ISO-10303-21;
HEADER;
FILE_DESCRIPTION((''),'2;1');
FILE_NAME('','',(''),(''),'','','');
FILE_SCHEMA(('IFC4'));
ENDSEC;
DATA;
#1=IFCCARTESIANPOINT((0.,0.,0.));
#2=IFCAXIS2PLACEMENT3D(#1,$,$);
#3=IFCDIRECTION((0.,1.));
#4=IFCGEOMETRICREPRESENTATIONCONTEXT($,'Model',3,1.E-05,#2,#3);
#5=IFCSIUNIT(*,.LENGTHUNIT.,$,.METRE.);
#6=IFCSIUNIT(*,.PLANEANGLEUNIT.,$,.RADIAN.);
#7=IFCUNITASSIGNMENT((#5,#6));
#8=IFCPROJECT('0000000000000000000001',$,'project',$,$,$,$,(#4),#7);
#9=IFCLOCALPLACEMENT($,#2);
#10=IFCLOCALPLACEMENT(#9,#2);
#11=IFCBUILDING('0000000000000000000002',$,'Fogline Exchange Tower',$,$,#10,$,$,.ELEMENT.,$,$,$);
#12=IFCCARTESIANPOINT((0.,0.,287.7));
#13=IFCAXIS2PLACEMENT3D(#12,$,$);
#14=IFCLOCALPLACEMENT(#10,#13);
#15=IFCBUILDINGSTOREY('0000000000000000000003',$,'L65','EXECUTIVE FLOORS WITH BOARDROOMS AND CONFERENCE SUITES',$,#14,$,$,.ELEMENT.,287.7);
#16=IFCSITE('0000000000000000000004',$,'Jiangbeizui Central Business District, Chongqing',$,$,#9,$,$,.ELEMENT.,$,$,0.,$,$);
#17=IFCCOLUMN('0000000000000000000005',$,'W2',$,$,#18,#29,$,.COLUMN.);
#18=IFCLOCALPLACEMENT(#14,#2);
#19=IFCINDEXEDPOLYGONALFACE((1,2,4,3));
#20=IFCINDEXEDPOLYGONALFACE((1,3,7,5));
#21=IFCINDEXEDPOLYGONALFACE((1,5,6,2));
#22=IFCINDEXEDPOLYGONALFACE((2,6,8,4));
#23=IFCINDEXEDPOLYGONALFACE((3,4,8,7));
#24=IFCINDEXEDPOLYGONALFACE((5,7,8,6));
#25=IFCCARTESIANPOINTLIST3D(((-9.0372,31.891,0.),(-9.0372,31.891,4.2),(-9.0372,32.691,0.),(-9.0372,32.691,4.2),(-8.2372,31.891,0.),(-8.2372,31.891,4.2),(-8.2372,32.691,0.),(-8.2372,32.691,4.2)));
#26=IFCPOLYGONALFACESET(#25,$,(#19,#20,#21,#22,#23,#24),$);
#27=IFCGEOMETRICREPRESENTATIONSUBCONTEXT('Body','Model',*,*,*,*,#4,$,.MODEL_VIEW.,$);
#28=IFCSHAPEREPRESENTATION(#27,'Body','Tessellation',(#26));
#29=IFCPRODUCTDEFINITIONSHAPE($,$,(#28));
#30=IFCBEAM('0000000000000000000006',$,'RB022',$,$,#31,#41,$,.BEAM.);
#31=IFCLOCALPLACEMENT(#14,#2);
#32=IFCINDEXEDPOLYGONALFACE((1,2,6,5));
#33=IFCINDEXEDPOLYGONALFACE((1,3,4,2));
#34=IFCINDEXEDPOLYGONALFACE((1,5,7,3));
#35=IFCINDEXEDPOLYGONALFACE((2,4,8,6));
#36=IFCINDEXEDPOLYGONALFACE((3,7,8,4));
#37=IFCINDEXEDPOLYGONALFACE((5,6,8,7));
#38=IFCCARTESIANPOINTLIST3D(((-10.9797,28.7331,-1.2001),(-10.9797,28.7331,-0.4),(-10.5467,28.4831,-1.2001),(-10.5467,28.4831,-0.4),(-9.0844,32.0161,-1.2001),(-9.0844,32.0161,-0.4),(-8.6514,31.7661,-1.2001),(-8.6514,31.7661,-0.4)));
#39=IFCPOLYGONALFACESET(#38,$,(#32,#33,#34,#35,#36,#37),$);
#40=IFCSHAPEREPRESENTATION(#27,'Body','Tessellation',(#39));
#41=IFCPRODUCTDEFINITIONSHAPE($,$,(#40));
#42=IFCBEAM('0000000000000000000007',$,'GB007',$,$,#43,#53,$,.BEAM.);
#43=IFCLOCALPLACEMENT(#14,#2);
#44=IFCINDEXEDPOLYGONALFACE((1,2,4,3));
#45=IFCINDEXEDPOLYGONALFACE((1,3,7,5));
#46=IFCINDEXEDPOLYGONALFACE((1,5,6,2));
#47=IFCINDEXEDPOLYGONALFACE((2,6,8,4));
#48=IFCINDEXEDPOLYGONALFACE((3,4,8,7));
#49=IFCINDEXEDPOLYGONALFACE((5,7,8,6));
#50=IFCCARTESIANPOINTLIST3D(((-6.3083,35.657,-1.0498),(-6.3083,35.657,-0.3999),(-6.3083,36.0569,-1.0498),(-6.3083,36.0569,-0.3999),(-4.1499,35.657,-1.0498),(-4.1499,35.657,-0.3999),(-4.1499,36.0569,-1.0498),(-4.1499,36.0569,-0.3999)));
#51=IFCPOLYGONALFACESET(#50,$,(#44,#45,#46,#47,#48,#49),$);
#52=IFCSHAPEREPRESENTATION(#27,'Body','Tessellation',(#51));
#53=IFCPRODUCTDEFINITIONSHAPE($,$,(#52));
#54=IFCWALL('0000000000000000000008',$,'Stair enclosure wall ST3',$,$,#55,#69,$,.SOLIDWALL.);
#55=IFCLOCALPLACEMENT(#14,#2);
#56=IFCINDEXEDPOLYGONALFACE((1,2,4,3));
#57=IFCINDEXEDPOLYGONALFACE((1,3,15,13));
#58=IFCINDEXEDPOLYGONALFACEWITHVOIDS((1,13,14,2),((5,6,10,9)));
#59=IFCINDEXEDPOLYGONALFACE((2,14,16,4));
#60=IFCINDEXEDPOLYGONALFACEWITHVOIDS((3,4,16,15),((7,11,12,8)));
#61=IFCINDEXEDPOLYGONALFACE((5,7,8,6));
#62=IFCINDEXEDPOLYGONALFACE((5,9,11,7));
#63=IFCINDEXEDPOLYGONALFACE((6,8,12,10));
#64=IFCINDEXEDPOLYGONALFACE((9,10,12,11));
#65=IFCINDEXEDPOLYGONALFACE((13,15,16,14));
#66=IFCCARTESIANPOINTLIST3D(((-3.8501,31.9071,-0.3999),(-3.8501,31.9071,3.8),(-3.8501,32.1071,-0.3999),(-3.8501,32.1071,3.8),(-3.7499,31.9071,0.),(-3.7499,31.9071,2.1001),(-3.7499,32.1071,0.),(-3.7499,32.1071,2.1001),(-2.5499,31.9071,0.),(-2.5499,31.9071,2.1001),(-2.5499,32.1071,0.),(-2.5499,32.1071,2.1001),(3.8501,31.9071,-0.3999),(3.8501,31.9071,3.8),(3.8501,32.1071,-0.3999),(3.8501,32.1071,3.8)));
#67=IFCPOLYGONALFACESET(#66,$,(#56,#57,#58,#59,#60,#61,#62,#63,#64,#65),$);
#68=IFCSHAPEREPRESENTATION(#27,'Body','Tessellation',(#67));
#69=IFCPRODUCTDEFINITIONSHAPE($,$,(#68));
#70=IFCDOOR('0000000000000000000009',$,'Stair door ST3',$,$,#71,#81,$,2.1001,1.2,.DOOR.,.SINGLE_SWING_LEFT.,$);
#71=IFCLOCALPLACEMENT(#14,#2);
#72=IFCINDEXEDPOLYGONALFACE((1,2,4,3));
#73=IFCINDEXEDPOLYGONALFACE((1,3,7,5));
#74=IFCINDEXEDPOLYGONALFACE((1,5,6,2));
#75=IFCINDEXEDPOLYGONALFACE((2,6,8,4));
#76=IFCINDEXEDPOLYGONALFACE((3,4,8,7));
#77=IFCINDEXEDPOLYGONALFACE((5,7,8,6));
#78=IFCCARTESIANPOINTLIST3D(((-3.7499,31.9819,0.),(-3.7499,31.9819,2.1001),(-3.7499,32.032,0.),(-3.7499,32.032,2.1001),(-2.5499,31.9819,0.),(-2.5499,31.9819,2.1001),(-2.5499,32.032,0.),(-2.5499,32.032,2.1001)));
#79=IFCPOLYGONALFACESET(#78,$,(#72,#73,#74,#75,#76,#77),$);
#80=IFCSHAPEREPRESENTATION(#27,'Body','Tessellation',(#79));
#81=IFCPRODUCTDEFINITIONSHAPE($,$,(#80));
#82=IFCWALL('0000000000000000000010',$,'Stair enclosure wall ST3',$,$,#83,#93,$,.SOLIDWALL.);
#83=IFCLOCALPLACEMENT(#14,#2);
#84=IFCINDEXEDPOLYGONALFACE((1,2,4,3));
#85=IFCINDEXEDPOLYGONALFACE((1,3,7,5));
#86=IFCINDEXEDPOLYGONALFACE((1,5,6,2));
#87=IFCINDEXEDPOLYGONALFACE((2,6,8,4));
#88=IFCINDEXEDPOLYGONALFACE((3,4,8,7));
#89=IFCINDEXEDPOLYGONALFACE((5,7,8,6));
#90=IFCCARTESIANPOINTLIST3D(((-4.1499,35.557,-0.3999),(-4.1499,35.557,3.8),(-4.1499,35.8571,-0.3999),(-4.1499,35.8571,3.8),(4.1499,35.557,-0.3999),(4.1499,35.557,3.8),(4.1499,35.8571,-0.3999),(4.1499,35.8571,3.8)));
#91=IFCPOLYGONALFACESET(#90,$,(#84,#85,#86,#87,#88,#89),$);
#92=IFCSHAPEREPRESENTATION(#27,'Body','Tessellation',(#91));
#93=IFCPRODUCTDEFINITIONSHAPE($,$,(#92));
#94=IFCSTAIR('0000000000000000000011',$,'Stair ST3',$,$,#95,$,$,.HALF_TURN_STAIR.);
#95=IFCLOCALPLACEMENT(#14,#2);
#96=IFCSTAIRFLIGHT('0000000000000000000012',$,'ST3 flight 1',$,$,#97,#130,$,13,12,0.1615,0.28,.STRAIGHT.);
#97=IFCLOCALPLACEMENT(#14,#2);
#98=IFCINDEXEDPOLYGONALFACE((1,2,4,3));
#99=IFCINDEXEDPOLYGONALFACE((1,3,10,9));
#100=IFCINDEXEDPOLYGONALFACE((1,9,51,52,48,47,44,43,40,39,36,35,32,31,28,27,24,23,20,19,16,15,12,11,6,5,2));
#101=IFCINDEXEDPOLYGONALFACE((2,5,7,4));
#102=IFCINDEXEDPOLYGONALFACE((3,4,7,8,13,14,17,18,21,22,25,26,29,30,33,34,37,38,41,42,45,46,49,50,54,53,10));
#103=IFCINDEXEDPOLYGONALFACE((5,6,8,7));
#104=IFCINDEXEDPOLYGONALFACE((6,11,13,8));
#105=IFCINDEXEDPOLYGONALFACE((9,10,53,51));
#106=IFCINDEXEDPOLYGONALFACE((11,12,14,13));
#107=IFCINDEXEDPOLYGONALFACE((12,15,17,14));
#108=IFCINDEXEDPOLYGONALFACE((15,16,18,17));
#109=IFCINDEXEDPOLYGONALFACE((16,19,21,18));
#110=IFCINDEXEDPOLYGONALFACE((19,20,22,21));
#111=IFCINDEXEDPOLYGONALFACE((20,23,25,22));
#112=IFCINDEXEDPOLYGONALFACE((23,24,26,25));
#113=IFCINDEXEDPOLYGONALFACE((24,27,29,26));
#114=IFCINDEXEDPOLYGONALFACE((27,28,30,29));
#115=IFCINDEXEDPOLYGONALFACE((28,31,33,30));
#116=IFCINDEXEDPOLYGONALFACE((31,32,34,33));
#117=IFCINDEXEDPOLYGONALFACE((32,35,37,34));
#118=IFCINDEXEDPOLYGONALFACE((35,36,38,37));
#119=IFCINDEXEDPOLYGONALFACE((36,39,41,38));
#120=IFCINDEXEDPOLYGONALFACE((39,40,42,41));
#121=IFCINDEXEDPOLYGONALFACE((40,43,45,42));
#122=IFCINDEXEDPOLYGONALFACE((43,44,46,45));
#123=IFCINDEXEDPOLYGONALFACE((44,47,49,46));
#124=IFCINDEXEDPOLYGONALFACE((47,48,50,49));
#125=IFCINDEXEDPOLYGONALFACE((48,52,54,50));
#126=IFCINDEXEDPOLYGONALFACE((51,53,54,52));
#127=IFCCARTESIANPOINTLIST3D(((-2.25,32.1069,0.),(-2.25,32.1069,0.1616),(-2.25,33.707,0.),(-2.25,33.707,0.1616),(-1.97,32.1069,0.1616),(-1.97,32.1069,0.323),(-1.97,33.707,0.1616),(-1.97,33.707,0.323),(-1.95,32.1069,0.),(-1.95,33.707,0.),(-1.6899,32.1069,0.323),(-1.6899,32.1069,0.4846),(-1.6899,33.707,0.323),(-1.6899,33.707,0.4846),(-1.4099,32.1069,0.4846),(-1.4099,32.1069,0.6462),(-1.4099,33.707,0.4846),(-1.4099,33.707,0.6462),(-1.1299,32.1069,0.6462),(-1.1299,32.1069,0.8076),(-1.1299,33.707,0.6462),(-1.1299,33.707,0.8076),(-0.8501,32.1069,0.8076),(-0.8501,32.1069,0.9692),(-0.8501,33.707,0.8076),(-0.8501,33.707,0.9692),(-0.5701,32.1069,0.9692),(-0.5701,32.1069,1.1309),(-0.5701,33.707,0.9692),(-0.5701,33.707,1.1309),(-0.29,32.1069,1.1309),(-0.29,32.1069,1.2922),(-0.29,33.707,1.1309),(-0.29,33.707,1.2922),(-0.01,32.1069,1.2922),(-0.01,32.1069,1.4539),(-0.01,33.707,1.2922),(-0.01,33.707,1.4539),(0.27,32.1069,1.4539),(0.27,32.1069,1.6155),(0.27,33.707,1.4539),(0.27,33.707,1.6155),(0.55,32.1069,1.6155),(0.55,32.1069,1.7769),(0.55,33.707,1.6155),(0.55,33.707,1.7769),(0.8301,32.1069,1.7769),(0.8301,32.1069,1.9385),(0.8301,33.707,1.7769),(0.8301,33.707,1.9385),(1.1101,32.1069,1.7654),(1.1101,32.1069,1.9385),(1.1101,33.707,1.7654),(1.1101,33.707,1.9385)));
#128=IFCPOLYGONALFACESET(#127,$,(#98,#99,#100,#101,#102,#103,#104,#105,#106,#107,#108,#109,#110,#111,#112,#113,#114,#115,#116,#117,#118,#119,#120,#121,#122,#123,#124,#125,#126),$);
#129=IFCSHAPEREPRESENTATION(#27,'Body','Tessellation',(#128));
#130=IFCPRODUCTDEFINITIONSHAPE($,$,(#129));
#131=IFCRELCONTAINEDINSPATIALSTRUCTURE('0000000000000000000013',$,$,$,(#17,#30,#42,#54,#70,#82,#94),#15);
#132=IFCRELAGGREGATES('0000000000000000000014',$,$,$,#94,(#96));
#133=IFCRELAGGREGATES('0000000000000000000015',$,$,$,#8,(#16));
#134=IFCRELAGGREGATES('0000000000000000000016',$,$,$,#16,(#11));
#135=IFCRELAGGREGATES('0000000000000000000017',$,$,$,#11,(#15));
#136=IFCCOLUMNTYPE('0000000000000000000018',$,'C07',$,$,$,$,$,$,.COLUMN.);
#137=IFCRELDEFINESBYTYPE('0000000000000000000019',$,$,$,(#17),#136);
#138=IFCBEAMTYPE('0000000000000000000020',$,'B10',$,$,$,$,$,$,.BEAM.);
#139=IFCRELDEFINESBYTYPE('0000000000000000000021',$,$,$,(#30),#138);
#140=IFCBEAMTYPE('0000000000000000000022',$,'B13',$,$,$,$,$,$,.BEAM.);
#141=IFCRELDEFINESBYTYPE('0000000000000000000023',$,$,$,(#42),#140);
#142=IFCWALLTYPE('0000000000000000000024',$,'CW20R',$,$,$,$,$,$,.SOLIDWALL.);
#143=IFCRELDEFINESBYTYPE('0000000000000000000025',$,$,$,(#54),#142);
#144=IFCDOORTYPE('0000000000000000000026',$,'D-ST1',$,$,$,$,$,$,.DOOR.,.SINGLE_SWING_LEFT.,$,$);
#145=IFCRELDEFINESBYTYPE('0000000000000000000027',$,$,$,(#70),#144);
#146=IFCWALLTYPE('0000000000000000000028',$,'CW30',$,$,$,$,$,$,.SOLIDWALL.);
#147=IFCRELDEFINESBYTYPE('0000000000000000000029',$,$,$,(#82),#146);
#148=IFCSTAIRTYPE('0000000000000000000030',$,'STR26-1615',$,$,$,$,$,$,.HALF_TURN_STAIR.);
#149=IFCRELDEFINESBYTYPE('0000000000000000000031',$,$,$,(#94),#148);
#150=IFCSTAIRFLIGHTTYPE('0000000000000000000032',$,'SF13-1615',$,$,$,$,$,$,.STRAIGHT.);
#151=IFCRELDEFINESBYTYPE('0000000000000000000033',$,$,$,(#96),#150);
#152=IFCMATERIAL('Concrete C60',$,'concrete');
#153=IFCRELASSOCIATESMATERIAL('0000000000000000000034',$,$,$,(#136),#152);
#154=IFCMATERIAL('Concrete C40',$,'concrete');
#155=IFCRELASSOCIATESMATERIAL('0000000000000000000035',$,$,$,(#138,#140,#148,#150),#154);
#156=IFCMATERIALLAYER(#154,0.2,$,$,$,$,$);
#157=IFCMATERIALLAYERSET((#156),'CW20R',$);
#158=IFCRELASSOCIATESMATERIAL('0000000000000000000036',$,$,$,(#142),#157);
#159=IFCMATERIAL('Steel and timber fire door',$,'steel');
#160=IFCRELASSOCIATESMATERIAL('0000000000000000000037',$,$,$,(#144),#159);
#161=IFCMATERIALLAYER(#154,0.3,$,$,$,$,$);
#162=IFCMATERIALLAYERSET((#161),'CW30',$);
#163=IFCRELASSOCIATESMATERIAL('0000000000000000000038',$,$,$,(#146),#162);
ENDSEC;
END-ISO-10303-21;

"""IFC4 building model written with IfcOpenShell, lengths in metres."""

from ifc_helpers import new_model, si_unit, direction, frame, frame_2d, origin, origin_2d, place, context, subcontext, project, spatial, polyline, rectangle, outline, extrude, material, layer, layer_set, material_profile, profile_set, type_object, element, fill, aggregate, save


model = new_model("IFC4")

# Units and contexts
model_context = context("Model", 3, precision=1e-05, world=origin(), true_north=direction((0.0, 1.0)))
body_context = subcontext(model_context, "Body", "Model", "MODEL_VIEW")
ifc_project = project(units=[si_unit("LENGTHUNIT", "METRE"), si_unit("PLANEANGLEUNIT", "RADIAN")], contexts=[model_context])

# Site, building, storey
site_placement = place(None, origin())
site = spatial("IfcSite", under=ifc_project, at=site_placement, Name="Jiangbeizui Central Business District, Chongqing", CompositionType="ELEMENT", RefElevation=0.0)
building_placement = place(site_placement, origin())
building = spatial("IfcBuilding", under=site, at=building_placement, Name="Fogline Exchange Tower", CompositionType="ELEMENT")
storey_placement = place(building_placement, frame((0.0, 0.0, 287.7)))
storey = spatial("IfcBuildingStorey", under=building, at=storey_placement, Name="L65", Description="EXECUTIVE FLOORS WITH BOARDROOMS AND CONFERENCE SUITES", CompositionType="ELEMENT", Elevation=287.7)

# Column
ifc_material_1 = material(Name="Concrete C60", Category="concrete")
ifc_material_profile_1 = material_profile(ifc_material_1, rectangle(XDim=0.8, YDim=0.8, at=origin_2d()), Name="RC 800x800")
ifc_profile_set_1 = profile_set([ifc_material_profile_1], Name="Concrete C60")
column_type = type_object("IfcColumnType", Name="C07", PredefinedType="COLUMN", material=ifc_profile_set_1)
column_placement = place(storey_placement, frame((-8.6372, 32.291, 0.0), z_axis=(0.0, 0.0, 1.0), x_axis=(1.0, 0.0, 0.0)))
element("IfcColumn", 1, at=column_placement, inside=storey, type_object=column_type, Name="W2", PredefinedType="COLUMN", context=body_context, shape_type="SweptSolid", body=[
    extrude(rectangle(XDim=0.8, YDim=0.8, at=origin_2d()), origin(), (0.0, 0.0, 1.0), 4.2),
])

# Beams
ifc_material_2 = material(Name="Concrete C40", Category="concrete")
ifc_material_profile_2 = material_profile(ifc_material_2, rectangle(XDim=0.5, YDim=0.8, at=origin_2d()), Name="RC 500x800")
ifc_profile_set_2 = profile_set([ifc_material_profile_2], Name="Concrete C40")
beam_type_1 = type_object("IfcBeamType", Name="B10", PredefinedType="BEAM", material=ifc_profile_set_2)
beam_1_placement = place(storey_placement, frame((-8.8679, 31.8911, -0.8), z_axis=(-0.49997, -0.866043, 0.0), x_axis=(0.866043, -0.49997, 0.0)))
element("IfcBeam", 2, at=beam_1_placement, inside=storey, type_object=beam_type_1, Name="RB022", PredefinedType="BEAM", context=body_context, shape_type="SweptSolid", body=[
    extrude(rectangle(XDim=0.5, YDim=0.8, at=origin_2d()), origin(), (0.0, 0.0, 1.0), 3.7908),
])
ifc_material_profile_3 = material_profile(ifc_material_2, rectangle(XDim=0.3999, YDim=0.6499, at=origin_2d()), Name="RC 400x650")
ifc_profile_set_3 = profile_set([ifc_material_profile_3], Name="Concrete C40")
beam_type_2 = type_object("IfcBeamType", Name="B13", PredefinedType="BEAM", material=ifc_profile_set_3)
beam_2_placement = place(storey_placement, frame((-6.3083, 35.8569, -0.7249), z_axis=(1.0, 0.0, 0.0), x_axis=(0.0, 1.0, 0.0)))
element("IfcBeam", 3, at=beam_2_placement, inside=storey, type_object=beam_type_2, Name="GB007", PredefinedType="BEAM", context=body_context, shape_type="SweptSolid", body=[
    extrude(rectangle(XDim=0.3999, YDim=0.6499, at=origin_2d()), origin(), (0.0, 0.0, 1.0), 2.1584),
])

# Wall, opening, door
ifc_layer_1 = layer(ifc_material_2, 0.2)
ifc_layer_set_1 = layer_set([ifc_layer_1], Name="CW20R")
wall_type_1 = type_object("IfcWallType", Name="CW20R", PredefinedType="SOLIDWALL", material=ifc_layer_set_1)
wall_1_placement = place(storey_placement, frame((-3.8501, 32.0071, -0.3999), z_axis=(0.0, 0.0, 1.0), x_axis=(1.0, 0.0, 0.0)))
wall_1 = element("IfcWall", 4, at=wall_1_placement, inside=storey, type_object=wall_type_1, Name="Stair enclosure wall ST3", PredefinedType="SOLIDWALL", context=body_context, shape_type="SweptSolid", body=[
    extrude(rectangle(XDim=7.7002, YDim=0.2, at=frame_2d((3.8501, 0.0))), origin(), (0.0, 0.0, 1.0), 4.2),
])
opening_placement = place(wall_1_placement, frame((0.1001, 0.0, 0.3999)))
opening = element("IfcOpeningElement", 5, at=opening_placement, cuts=wall_1, PredefinedType="OPENING", context=body_context, shape_type="SweptSolid", body=[
    extrude(rectangle(XDim=1.2, YDim=2.1001, at=frame_2d((0.6001, 1.05))), frame((0.0, 0.1099, 0.0), z_axis=(0.0, -1.0, 0.0), x_axis=(1.0, 0.0, 0.0)), (0.0, 0.0, 1.0), 0.22),
])
ifc_material_3 = material(Name="Steel and timber fire door", Category="steel")
door_type = type_object("IfcDoorType", Name="D-ST1", OperationType="SINGLE_SWING_LEFT", PredefinedType="DOOR", material=ifc_material_3)
door_placement = place(opening_placement, origin())
door = element("IfcDoor", 6, at=door_placement, inside=storey, type_object=door_type, Name="Stair door ST3", OperationType="SINGLE_SWING_LEFT", OverallHeight=2.1001, OverallWidth=1.2, PredefinedType="DOOR", context=body_context, shape_type="SweptSolid", body=[
    extrude(rectangle(XDim=1.2, YDim=2.1001, at=frame_2d((0.6001, 1.05))), frame((0.0, 0.0249, 0.0), z_axis=(0.0, -1.0, 0.0), x_axis=(1.0, 0.0, 0.0)), (0.0, 0.0, 1.0), 0.05),
])
fill(opening, door)

# Wall
ifc_layer_2 = layer(ifc_material_2, 0.3)
ifc_layer_set_2 = layer_set([ifc_layer_2], Name="CW30")
wall_type_2 = type_object("IfcWallType", Name="CW30", PredefinedType="SOLIDWALL", material=ifc_layer_set_2)
wall_2_placement = place(storey_placement, frame((-4.1499, 35.707, -0.3999), z_axis=(0.0, 0.0, 1.0), x_axis=(1.0, 0.0, 0.0)))
element("IfcWall", 7, at=wall_2_placement, inside=storey, type_object=wall_type_2, Name="Stair enclosure wall ST3", PredefinedType="SOLIDWALL", context=body_context, shape_type="SweptSolid", body=[
    extrude(rectangle(XDim=8.2998, YDim=0.3, at=frame_2d((4.1499, 0.0))), origin(), (0.0, 0.0, 1.0), 4.2),
])

# Stair, stair flight
stair_type = type_object("IfcStairType", Name="STR26-1615", PredefinedType="HALF_TURN_STAIR", material=ifc_material_2)
stair_placement = place(storey_placement, origin())
stair = element("IfcStair", 8, at=stair_placement, inside=storey, type_object=stair_type, Name="Stair ST3", PredefinedType="HALF_TURN_STAIR")
stair_flight_type = type_object("IfcStairFlightType", Name="SF13-1615", PredefinedType="STRAIGHT", material=ifc_material_2)
stair_flight_placement = place(storey_placement, frame((-2.25, 32.907, 0.0), z_axis=(0.0, 0.0, 1.0), x_axis=(1.0, 0.0, 0.0)))
stair_flight = element("IfcStairFlight", 9, at=stair_flight_placement, type_object=stair_flight_type, Name="ST3 flight 1", NumberOfRisers=13, NumberOfTreads=12, PredefinedType="STRAIGHT", RiserHeight=0.1615, TreadLength=0.28, context=body_context, shape_type="SweptSolid", body=[
    extrude(outline(polyline([(0.0, 0.0), (0.0, 0.1616), (0.28, 0.1616), (0.28, 0.323), (0.5601, 0.323), (0.5601, 0.4846), (0.8401, 0.4846), (0.8401, 0.6462), (1.1201, 0.6462), (1.1201, 0.8076), (1.3999, 0.8076), (1.3999, 0.9692), (1.6799, 0.9692), (1.6799, 1.1309), (1.96, 1.1309), (1.96, 1.2922), (2.24, 1.2922), (2.24, 1.4539), (2.52, 1.4539), (2.52, 1.6155), (2.8, 1.6155), (2.8, 1.7769), (3.0801, 1.7769), (3.0801, 1.9385), (3.3601, 1.9385), (3.3601, 2.1001), (3.3601, 1.7654), (0.3, 0.0), (0.0, 0.0)])), frame((0.0, 0.8, 0.0), z_axis=(0.0, -1.0, 0.0), x_axis=(1.0, 0.0, 0.0)), (0.0, 0.0, 1.0), 1.6001),
])
aggregate(stair, [stair_flight])

save(model, "model.ifc")
